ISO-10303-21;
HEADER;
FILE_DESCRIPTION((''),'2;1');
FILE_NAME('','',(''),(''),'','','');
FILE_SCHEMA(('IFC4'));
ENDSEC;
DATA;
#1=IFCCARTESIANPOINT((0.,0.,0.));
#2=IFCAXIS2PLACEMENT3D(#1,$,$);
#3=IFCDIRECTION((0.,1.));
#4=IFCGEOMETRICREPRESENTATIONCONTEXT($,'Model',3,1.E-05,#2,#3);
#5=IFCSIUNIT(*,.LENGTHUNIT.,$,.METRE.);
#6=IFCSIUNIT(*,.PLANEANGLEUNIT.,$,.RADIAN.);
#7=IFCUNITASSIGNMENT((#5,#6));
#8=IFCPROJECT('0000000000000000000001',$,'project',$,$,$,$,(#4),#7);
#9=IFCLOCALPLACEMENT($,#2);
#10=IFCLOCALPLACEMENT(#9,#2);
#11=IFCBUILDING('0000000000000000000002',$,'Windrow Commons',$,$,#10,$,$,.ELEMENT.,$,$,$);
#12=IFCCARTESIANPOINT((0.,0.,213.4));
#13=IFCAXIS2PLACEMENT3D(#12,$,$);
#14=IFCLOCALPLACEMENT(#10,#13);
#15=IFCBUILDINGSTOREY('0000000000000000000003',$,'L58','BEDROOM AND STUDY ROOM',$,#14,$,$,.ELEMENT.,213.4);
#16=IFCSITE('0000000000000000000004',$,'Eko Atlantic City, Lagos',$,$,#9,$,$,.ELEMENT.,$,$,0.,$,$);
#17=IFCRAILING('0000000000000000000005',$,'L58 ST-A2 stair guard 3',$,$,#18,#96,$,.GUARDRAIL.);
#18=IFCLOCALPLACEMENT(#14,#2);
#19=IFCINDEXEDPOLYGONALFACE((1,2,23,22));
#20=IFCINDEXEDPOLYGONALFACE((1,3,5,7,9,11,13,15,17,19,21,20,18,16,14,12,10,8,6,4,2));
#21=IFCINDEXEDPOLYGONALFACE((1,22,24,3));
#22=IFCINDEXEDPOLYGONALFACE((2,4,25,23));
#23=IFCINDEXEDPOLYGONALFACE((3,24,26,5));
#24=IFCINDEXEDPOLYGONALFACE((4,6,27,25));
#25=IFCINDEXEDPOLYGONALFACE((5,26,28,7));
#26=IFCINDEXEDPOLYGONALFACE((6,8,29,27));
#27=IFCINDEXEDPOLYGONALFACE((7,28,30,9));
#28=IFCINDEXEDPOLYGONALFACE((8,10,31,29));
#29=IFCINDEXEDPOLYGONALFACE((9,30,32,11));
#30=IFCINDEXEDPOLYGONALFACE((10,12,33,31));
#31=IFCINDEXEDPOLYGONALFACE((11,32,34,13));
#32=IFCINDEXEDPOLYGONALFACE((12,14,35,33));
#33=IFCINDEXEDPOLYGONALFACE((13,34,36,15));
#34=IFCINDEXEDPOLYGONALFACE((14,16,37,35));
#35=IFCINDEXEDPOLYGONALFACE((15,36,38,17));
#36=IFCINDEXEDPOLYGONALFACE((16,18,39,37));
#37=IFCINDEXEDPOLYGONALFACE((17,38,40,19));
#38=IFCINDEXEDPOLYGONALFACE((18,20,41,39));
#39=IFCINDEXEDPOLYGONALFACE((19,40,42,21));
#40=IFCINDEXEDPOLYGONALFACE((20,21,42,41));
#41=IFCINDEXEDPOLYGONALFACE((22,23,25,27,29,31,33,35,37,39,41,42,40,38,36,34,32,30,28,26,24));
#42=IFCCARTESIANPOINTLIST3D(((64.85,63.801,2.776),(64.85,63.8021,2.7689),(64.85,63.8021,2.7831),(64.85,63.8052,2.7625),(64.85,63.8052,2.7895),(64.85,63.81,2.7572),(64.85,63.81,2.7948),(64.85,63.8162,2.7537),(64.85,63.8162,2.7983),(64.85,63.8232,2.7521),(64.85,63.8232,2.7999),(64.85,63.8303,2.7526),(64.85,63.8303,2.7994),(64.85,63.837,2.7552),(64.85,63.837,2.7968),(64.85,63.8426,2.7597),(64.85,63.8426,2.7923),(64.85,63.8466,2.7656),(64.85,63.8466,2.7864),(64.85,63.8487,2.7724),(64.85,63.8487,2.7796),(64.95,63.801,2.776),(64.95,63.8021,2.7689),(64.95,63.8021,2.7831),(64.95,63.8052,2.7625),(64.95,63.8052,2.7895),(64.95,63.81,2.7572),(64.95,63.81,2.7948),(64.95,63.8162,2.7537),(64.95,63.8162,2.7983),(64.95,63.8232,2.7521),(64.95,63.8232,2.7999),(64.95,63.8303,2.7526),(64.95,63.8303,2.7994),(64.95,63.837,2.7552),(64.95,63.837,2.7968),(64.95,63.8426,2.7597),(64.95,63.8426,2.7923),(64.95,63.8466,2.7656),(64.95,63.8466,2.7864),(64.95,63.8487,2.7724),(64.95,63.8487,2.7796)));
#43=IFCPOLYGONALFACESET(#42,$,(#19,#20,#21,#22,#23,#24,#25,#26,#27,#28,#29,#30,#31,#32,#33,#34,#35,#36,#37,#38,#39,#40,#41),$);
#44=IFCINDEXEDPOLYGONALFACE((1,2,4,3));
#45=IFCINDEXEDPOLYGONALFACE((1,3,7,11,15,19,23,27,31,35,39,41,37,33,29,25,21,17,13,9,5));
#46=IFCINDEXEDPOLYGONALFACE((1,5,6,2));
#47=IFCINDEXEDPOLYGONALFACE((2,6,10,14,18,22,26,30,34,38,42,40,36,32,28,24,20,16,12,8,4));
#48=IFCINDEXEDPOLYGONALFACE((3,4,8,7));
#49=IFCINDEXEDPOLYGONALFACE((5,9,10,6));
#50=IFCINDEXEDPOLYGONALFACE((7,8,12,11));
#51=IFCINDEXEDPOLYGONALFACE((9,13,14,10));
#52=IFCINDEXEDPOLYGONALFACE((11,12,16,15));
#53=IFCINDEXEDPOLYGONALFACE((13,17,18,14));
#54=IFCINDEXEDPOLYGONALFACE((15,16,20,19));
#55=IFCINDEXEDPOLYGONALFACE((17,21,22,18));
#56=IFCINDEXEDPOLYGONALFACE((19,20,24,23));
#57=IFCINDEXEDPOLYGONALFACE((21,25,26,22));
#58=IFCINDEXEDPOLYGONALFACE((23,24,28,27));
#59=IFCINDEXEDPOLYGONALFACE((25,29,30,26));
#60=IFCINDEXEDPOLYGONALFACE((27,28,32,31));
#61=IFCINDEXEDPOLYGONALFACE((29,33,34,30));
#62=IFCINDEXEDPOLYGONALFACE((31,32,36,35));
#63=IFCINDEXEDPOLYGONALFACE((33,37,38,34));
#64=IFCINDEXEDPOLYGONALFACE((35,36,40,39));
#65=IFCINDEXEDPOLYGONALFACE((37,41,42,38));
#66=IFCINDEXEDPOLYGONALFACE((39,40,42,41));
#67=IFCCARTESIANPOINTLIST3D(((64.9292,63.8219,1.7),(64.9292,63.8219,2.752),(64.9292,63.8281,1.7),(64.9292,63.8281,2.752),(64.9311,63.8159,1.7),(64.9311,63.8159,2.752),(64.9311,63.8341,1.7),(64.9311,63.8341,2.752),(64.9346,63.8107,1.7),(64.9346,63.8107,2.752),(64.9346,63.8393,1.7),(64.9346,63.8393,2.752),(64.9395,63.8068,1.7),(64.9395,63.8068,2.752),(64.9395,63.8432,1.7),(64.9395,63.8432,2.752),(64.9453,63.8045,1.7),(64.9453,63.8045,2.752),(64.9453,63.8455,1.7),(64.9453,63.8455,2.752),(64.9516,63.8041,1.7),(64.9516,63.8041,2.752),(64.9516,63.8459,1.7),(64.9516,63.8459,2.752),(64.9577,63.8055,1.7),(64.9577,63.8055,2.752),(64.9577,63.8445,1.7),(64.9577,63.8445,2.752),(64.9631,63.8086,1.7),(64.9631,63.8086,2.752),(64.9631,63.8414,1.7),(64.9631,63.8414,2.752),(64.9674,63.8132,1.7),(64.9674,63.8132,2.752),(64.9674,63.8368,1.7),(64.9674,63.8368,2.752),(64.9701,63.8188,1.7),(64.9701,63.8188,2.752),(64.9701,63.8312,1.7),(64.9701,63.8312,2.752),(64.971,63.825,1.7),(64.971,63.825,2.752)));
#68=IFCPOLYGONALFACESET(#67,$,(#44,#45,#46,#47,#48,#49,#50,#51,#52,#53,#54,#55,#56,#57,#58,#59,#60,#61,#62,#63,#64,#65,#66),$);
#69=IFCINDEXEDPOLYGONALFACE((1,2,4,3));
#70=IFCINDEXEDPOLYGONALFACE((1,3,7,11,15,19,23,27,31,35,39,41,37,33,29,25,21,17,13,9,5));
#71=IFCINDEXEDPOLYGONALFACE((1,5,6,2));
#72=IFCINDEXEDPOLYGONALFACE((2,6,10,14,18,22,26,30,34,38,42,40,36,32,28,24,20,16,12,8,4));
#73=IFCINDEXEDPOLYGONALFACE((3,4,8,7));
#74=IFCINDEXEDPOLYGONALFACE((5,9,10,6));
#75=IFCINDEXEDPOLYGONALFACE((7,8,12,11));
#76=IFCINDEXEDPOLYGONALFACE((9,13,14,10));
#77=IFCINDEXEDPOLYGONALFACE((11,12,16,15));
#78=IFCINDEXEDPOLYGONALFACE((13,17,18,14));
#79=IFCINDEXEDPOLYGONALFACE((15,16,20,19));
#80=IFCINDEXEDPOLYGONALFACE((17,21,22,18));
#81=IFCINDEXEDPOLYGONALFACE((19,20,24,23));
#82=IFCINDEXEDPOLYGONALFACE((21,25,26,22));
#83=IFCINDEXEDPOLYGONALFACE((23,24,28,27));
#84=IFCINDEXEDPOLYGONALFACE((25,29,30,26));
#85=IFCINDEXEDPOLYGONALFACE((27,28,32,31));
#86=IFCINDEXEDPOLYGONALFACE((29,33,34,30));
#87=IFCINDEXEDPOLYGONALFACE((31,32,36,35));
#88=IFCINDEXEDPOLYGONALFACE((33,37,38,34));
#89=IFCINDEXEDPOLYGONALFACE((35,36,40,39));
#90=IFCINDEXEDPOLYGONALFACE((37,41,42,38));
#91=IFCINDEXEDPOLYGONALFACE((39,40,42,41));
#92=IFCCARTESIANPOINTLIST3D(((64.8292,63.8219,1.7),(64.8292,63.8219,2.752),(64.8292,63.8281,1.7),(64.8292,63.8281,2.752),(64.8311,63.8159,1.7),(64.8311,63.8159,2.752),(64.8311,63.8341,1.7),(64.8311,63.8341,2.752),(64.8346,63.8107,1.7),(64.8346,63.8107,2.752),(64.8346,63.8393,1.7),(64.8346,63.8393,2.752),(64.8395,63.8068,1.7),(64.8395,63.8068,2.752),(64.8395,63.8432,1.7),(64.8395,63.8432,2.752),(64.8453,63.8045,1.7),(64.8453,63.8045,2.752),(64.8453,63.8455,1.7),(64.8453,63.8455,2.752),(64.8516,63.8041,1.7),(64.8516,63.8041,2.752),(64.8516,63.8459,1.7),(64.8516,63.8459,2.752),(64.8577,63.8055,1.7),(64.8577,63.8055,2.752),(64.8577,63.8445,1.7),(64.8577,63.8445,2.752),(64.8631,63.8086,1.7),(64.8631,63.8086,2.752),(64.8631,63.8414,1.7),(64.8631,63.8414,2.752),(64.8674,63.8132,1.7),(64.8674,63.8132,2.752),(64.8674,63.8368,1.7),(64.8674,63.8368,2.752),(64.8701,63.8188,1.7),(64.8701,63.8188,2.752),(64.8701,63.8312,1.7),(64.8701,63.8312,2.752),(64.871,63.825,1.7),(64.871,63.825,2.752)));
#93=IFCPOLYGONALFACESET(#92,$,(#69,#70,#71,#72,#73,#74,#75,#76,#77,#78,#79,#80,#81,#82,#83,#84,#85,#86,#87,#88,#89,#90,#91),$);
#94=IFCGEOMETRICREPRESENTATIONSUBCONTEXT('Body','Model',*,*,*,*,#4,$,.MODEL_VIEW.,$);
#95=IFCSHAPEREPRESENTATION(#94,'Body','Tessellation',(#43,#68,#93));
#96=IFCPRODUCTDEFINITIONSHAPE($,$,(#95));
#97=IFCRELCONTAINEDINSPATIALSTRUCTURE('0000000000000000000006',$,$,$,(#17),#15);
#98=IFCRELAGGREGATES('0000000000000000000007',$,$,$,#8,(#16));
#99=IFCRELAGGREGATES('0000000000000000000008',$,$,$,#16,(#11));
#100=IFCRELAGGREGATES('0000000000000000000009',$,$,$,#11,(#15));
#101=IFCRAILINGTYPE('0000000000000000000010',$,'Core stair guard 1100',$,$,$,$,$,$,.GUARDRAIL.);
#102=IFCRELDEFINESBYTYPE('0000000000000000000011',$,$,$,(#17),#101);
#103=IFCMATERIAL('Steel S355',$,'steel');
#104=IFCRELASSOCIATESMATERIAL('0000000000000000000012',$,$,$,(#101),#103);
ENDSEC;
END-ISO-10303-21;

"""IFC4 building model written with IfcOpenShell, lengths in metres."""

from ifc_helpers import new_model, si_unit, direction, frame, origin, origin_2d, place, context, subcontext, project, spatial, circle, extrude, material, type_object, element, save


model = new_model("IFC4")

# Units and contexts
model_context = context("Model", 3, precision=1e-05, world=origin(), true_north=direction((0.0, 1.0)))
body_context = subcontext(model_context, "Body", "Model", "MODEL_VIEW")
ifc_project = project(units=[si_unit("LENGTHUNIT", "METRE"), si_unit("PLANEANGLEUNIT", "RADIAN")], contexts=[model_context])

# Site, building, storey
site_placement = place(None, origin())
site = spatial("IfcSite", under=ifc_project, at=site_placement, Name="Eko Atlantic City, Lagos", CompositionType="ELEMENT", RefElevation=0.0)
building_placement = place(site_placement, origin())
building = spatial("IfcBuilding", under=site, at=building_placement, Name="Windrow Commons", CompositionType="ELEMENT")
storey_placement = place(building_placement, frame((0.0, 0.0, 213.4)))
storey = spatial("IfcBuildingStorey", under=building, at=storey_placement, Name="L58", Description="BEDROOM AND STUDY ROOM", CompositionType="ELEMENT", Elevation=213.4)

# Railing
ifc_material_1 = material(Name="Steel S355", Category="steel")
railing_type_1 = type_object("IfcRailingType", Name="Core stair guard 1100", PredefinedType="GUARDRAIL", material=ifc_material_1)
railing_1_placement = place(storey_placement, frame((64.95, 63.825, 1.7)))
element("IfcRailing", 1, at=railing_1_placement, inside=storey, type_object=railing_type_1, Name="L58 ST-A2 stair guard 3", PredefinedType="GUARDRAIL", context=body_context, shape_type="SweptSolid", body=[
    extrude(circle(Radius=0.024, at=origin_2d()), frame((0.0, 0.0, 1.076), z_axis=(-1.0, 0.0, 0.0), x_axis=(0.0, -1.0, 0.0)), (0.0, 0.0, 1.0), 0.1),
    extrude(circle(Radius=0.021, at=origin_2d()), origin(), (0.0, 0.0, 1.0), 1.052),
    extrude(circle(Radius=0.021, at=origin_2d()), frame((-0.1, 0.0, 0.0)), (0.0, 0.0, 1.0), 1.052),
])

save(model, "model.ifc")
